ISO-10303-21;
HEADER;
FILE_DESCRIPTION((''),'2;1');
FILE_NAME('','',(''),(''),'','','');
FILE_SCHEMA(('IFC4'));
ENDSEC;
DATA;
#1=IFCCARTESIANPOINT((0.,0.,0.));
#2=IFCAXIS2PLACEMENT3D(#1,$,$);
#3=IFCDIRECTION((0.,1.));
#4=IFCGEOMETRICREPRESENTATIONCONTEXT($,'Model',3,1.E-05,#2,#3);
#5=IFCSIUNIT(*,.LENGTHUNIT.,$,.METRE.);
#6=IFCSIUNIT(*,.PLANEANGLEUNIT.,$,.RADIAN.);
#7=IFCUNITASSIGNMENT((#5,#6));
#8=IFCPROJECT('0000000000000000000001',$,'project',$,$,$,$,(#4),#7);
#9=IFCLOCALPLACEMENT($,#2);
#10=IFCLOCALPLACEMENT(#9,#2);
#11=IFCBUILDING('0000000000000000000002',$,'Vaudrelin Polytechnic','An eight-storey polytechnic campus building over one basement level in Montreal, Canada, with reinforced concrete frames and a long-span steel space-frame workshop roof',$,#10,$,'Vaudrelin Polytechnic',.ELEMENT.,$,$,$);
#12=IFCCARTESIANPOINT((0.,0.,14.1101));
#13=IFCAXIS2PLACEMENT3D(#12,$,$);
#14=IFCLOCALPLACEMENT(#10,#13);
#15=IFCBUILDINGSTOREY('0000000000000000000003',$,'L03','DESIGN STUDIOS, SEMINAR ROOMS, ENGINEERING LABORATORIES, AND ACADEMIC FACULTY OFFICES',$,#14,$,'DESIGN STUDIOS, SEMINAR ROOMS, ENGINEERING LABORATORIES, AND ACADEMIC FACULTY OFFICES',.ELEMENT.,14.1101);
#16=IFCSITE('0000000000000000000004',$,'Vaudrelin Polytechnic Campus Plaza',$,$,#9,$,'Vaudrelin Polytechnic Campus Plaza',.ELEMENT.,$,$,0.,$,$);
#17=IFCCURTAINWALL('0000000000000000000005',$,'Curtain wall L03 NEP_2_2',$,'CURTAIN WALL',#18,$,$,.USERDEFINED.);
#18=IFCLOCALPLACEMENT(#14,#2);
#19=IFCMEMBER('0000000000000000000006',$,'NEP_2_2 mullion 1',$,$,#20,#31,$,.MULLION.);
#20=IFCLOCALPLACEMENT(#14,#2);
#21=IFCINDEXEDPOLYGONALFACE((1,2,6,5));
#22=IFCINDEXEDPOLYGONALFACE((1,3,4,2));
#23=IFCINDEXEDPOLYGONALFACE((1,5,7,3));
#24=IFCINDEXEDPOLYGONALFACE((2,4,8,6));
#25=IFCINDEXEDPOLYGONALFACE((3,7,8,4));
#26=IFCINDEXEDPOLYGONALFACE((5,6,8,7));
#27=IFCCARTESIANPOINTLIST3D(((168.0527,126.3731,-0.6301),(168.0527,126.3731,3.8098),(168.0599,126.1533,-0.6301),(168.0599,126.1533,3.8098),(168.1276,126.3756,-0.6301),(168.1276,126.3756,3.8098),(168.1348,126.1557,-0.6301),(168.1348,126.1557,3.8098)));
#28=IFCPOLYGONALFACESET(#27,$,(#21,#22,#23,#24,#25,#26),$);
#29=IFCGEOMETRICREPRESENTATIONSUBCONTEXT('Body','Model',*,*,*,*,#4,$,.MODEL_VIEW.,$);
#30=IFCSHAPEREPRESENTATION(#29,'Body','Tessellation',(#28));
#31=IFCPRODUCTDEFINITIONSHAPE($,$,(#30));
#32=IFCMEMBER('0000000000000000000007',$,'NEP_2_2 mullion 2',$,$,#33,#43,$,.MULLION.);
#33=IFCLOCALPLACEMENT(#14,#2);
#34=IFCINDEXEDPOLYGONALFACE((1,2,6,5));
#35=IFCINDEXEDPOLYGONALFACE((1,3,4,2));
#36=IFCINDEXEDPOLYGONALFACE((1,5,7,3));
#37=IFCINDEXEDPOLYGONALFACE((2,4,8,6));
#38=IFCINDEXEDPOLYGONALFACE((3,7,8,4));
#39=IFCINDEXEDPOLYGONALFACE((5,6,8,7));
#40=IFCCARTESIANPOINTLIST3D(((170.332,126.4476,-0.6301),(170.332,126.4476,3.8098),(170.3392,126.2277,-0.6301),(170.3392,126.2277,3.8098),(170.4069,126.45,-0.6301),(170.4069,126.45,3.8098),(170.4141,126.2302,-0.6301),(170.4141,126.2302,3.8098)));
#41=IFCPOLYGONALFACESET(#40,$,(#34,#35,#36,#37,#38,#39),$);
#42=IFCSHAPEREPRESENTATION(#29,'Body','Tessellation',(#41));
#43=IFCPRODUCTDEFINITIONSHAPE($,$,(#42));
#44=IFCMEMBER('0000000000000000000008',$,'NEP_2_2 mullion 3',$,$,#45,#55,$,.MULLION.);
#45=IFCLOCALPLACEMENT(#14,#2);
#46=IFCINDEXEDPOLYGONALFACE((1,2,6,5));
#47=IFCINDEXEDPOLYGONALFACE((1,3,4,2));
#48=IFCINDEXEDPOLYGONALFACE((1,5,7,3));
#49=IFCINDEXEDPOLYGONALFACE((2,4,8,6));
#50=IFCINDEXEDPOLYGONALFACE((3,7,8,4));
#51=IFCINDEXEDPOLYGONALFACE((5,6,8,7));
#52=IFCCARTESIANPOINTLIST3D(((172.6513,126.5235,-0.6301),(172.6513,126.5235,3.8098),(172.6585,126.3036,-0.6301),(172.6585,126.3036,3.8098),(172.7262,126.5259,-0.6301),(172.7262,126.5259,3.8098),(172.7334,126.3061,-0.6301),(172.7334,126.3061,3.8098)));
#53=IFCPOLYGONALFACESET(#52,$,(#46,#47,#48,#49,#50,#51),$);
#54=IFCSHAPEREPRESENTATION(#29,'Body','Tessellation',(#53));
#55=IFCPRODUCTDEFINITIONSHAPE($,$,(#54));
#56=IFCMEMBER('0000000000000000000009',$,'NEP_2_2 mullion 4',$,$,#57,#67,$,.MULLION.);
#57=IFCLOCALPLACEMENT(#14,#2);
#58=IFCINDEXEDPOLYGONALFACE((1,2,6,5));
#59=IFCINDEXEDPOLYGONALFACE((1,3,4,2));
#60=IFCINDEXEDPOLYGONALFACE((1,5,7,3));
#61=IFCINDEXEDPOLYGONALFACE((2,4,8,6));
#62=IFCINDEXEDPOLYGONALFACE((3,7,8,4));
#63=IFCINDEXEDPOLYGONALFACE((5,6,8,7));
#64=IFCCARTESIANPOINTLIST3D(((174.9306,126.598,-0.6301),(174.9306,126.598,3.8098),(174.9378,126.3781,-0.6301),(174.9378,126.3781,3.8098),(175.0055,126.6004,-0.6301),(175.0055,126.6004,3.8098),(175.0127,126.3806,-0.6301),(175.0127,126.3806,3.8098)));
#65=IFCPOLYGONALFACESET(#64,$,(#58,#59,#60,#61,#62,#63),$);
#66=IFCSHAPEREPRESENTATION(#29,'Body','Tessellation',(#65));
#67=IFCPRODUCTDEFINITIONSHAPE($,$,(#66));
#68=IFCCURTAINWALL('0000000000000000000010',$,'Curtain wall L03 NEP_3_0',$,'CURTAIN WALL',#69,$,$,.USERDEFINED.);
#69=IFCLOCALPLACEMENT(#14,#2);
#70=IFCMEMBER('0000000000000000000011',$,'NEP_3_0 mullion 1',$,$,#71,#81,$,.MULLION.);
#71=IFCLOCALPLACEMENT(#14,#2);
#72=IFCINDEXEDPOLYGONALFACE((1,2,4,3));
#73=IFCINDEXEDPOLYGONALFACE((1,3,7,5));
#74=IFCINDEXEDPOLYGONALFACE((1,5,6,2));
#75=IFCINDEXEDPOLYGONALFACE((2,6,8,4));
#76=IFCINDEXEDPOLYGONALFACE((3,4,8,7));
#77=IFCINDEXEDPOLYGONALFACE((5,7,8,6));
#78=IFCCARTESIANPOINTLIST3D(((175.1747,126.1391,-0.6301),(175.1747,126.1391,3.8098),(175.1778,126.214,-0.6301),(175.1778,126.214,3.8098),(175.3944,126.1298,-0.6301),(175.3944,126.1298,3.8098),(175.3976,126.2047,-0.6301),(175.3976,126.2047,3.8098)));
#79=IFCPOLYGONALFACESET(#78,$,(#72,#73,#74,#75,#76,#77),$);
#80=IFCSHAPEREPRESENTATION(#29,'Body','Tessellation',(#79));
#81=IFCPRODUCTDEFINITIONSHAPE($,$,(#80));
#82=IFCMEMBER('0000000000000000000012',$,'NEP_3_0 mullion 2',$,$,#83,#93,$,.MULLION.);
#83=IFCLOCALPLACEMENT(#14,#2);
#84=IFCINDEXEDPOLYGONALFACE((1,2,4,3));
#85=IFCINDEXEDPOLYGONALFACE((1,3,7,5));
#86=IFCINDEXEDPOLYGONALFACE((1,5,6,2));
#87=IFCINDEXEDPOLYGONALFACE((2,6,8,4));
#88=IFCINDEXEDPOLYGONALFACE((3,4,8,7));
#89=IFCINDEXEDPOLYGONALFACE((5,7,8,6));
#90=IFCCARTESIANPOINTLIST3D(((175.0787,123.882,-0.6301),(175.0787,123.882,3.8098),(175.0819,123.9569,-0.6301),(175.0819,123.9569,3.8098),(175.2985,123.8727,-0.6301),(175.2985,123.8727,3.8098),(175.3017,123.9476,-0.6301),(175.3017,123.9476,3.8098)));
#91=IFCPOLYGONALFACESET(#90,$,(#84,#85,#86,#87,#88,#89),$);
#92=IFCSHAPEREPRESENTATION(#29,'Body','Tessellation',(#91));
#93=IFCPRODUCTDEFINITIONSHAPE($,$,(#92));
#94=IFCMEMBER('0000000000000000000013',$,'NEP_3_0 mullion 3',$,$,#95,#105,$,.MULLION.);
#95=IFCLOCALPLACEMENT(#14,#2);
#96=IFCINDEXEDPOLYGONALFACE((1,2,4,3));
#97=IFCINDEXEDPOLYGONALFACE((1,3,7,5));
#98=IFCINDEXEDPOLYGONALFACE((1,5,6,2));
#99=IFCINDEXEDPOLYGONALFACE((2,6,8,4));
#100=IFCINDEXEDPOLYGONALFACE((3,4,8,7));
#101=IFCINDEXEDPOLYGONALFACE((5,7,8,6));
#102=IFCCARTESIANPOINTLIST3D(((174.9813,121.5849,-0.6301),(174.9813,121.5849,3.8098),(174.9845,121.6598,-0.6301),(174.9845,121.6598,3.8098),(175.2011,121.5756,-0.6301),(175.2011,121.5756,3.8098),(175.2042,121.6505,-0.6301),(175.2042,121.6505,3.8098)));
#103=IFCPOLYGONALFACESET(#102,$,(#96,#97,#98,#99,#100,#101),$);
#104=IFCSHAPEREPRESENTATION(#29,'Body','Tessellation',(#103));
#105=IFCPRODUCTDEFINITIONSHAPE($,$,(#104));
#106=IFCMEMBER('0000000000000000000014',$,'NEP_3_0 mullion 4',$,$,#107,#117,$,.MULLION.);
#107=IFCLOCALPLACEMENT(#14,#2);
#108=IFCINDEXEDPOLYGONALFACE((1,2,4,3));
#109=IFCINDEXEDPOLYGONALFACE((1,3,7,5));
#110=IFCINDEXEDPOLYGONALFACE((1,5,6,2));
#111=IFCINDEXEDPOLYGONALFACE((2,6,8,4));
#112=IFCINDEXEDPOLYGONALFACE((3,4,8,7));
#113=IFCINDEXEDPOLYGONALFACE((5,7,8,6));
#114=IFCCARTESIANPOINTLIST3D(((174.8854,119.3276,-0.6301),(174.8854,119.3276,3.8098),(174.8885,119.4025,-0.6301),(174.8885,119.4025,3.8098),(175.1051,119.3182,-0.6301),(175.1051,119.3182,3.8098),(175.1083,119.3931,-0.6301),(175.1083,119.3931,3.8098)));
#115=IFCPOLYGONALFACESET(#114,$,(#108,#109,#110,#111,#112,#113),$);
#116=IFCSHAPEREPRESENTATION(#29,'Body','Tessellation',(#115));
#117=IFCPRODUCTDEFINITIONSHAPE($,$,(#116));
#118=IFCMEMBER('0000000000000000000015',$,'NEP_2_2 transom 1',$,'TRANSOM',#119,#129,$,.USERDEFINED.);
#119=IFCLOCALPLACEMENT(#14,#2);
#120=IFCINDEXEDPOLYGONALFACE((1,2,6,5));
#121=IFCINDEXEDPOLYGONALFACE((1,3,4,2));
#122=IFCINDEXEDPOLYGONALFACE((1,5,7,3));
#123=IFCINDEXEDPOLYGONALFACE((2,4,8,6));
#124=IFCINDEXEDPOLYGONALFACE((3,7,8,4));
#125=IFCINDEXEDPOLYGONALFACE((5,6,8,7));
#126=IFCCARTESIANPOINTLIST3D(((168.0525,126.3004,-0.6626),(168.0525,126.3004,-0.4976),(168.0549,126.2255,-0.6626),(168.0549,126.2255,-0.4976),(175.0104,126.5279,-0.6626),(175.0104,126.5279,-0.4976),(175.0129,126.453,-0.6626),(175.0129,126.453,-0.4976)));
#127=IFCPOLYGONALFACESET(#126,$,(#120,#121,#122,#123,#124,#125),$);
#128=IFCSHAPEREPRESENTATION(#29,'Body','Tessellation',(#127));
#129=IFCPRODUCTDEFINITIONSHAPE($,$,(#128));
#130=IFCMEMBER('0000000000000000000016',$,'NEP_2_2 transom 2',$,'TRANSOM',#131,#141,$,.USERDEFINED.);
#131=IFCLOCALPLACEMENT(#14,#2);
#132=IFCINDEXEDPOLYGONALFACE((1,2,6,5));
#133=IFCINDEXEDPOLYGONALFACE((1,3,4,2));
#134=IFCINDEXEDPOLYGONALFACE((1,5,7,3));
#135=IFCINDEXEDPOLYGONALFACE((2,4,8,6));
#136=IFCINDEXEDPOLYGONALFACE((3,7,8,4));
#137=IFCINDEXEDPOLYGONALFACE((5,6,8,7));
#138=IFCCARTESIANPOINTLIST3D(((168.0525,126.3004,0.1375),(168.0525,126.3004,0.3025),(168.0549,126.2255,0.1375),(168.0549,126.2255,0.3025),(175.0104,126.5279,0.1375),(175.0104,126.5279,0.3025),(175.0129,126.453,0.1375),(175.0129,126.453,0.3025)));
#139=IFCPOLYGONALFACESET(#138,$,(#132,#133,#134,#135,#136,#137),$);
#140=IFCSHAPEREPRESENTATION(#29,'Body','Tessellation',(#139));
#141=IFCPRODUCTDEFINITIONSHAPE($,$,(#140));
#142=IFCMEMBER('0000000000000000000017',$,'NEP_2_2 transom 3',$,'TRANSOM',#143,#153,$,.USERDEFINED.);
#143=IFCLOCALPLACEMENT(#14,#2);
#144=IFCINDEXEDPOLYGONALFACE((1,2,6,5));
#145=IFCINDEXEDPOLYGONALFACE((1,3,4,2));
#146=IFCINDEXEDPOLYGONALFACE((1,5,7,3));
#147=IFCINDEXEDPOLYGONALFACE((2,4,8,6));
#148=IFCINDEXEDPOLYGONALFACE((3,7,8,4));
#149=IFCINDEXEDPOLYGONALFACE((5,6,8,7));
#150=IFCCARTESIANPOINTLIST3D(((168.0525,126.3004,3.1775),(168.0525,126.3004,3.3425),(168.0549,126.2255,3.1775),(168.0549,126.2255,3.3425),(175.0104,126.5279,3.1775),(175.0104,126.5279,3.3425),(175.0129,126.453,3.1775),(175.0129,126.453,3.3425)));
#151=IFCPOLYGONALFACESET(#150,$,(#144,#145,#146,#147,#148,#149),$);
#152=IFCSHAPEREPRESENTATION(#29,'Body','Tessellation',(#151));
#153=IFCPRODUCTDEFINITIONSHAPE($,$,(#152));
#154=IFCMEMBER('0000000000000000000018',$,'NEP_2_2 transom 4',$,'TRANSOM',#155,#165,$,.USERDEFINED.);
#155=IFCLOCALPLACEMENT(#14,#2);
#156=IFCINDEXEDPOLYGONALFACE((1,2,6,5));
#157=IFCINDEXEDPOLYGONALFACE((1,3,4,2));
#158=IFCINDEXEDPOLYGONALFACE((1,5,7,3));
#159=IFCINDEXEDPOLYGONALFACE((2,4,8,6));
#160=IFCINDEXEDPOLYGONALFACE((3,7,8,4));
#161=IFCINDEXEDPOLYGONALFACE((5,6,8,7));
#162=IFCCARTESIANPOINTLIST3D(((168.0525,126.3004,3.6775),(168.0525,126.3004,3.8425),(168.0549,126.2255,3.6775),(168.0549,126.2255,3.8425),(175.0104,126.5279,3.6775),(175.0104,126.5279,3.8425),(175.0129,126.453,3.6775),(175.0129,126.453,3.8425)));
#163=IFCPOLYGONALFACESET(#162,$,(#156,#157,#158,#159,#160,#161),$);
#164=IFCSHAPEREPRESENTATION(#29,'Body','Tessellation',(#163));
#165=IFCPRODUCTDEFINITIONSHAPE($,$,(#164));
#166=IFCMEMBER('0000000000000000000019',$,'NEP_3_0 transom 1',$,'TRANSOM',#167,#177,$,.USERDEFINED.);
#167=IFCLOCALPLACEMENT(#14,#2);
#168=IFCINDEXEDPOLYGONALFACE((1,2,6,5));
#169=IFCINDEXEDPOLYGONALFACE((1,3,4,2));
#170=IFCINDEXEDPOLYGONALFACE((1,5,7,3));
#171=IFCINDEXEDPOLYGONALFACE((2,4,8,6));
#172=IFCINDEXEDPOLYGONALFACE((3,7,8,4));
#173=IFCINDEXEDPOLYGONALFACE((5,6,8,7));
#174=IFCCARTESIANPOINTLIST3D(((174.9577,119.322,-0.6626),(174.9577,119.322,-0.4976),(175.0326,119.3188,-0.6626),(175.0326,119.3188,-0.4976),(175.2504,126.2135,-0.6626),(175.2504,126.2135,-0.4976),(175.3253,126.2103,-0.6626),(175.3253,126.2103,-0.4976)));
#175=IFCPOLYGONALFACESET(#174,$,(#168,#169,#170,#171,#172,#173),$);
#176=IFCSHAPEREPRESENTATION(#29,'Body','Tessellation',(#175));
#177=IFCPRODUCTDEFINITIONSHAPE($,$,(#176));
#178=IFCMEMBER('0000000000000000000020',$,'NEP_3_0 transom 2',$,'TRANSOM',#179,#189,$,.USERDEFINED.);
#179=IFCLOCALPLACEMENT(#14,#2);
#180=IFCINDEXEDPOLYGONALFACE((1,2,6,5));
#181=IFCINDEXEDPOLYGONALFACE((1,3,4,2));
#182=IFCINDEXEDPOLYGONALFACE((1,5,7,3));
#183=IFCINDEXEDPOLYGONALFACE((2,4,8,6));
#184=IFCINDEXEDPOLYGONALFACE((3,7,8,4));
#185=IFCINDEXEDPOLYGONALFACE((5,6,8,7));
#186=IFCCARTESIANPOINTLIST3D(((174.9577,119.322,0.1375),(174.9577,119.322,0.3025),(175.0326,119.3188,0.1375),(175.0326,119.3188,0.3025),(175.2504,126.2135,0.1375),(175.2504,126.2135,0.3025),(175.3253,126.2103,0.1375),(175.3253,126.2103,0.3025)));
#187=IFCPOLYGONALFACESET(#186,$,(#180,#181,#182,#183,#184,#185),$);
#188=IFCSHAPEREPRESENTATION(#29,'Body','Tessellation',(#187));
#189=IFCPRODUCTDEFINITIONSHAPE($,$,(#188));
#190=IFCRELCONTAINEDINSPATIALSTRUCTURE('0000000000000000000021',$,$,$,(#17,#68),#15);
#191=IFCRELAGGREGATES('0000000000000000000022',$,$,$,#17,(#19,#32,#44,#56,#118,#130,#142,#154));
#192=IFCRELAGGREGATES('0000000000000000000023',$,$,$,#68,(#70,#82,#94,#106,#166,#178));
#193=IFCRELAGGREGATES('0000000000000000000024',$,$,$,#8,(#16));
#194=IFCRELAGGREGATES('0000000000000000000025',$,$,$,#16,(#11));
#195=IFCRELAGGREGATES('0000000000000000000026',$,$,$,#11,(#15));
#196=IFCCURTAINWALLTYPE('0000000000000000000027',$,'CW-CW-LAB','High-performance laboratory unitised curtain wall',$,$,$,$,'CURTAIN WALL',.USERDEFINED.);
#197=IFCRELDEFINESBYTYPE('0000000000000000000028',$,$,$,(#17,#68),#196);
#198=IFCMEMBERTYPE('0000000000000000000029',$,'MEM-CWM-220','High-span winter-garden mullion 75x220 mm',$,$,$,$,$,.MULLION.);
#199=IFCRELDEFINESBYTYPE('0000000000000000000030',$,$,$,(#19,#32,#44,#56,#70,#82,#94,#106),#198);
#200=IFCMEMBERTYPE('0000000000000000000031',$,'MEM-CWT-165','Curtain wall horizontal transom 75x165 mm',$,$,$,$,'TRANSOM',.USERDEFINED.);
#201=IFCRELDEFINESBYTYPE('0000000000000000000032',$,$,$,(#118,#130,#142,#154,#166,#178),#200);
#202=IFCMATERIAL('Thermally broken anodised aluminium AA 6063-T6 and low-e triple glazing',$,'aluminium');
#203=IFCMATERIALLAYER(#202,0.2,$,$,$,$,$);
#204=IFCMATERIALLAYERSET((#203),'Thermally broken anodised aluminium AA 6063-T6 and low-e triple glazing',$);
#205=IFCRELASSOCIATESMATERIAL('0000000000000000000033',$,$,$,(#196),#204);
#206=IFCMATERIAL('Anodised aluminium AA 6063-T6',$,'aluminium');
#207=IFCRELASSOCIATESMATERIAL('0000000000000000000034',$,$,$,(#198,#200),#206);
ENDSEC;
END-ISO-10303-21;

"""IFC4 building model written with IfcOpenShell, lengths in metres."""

from ifc_helpers import new_model, si_unit, direction, frame, origin, origin_2d, place, context, subcontext, project, spatial, rectangle, extrude, material, layer, layer_set, material_profile, profile_set, type_object, element, aggregate, save


model = new_model("IFC4")

# Units and contexts
model_context = context("Model", 3, precision=1e-05, world=origin(), true_north=direction((0.0, 1.0)))
body_context = subcontext(model_context, "Body", "Model", "MODEL_VIEW")
ifc_project = project(units=[si_unit("LENGTHUNIT", "METRE"), si_unit("PLANEANGLEUNIT", "RADIAN")], contexts=[model_context])

# Site, building, storey
site_placement = place(None, origin())
site = spatial("IfcSite", under=ifc_project, at=site_placement, Name="Vaudrelin Polytechnic Campus Plaza", LongName="Vaudrelin Polytechnic Campus Plaza", CompositionType="ELEMENT", RefElevation=0.0)
building_placement = place(site_placement, origin())
building = spatial("IfcBuilding", under=site, at=building_placement, Name="Vaudrelin Polytechnic", Description="An eight-storey polytechnic campus building over one basement level in Montreal, Canada, with reinforced concrete frames and a long-span steel space-frame workshop roof", LongName="Vaudrelin Polytechnic", CompositionType="ELEMENT")
storey_placement = place(building_placement, frame((0.0, 0.0, 14.1101)))
storey = spatial("IfcBuildingStorey", under=building, at=storey_placement, Name="L03", Description="DESIGN STUDIOS, SEMINAR ROOMS, ENGINEERING LABORATORIES, AND ACADEMIC FACULTY OFFICES", LongName="DESIGN STUDIOS, SEMINAR ROOMS, ENGINEERING LABORATORIES, AND ACADEMIC FACULTY OFFICES", CompositionType="ELEMENT", Elevation=14.1101)

# Shared definitions
ifc_material_1 = material(Name="Thermally broken anodised aluminium AA 6063-T6 and low-e triple glazing", Category="aluminium")
ifc_layer_1 = layer(ifc_material_1, 0.2)
ifc_layer_set_1 = layer_set([ifc_layer_1], Name="Thermally broken anodised aluminium AA 6063-T6 and low-e triple glazing")
curtain_wall_type = type_object("IfcCurtainWallType", Name="CW-CW-LAB", Description="High-performance laboratory unitised curtain wall", ElementType="CURTAIN WALL", PredefinedType="USERDEFINED", material=ifc_layer_set_1)
ifc_material_2 = material(Name="Anodised aluminium AA 6063-T6", Category="aluminium")
ifc_material_profile_1 = material_profile(ifc_material_2, rectangle(XDim=0.075, YDim=0.22, at=origin_2d()), Name="CWM-75x220")
ifc_profile_set_1 = profile_set([ifc_material_profile_1], Name="Anodised aluminium AA 6063-T6")
member_type_1 = type_object("IfcMemberType", Name="MEM-CWM-220", Description="High-span winter-garden mullion 75x220 mm", PredefinedType="MULLION", material=ifc_profile_set_1)

# Curtain walls, members
curtain_wall_1_placement = place(storey_placement, origin())
curtain_wall_1 = element("IfcCurtainWall", 1, at=curtain_wall_1_placement, inside=storey, type_object=curtain_wall_type, Name="Curtain wall L03 NEP_2_2", ObjectType="CURTAIN WALL", PredefinedType="USERDEFINED")
member_1_placement = place(storey_placement, frame((168.0938, 126.2644, -0.6301), z_axis=(0.0, 0.0, 1.0), x_axis=(0.999465, 0.032693, 0.0)))
member_1 = element("IfcMember", 2, at=member_1_placement, type_object=member_type_1, Name="NEP_2_2 mullion 1", PredefinedType="MULLION", context=body_context, shape_type="SweptSolid", body=[
    extrude(rectangle(XDim=0.075, YDim=0.22, at=origin_2d()), origin(), (0.0, 0.0, 1.0), 4.4399),
])
member_2_placement = place(storey_placement, frame((170.373, 126.3389, -0.6301), z_axis=(0.0, 0.0, 1.0), x_axis=(0.999465, 0.032693, 0.0)))
member_2 = element("IfcMember", 3, at=member_2_placement, type_object=member_type_1, Name="NEP_2_2 mullion 2", PredefinedType="MULLION", context=body_context, shape_type="SweptSolid", body=[
    extrude(rectangle(XDim=0.075, YDim=0.22, at=origin_2d()), origin(), (0.0, 0.0, 1.0), 4.4399),
])
member_3_placement = place(storey_placement, frame((172.6924, 126.4148, -0.6301), z_axis=(0.0, 0.0, 1.0), x_axis=(0.999465, 0.032693, 0.0)))
member_3 = element("IfcMember", 4, at=member_3_placement, type_object=member_type_1, Name="NEP_2_2 mullion 3", PredefinedType="MULLION", context=body_context, shape_type="SweptSolid", body=[
    extrude(rectangle(XDim=0.075, YDim=0.22, at=origin_2d()), origin(), (0.0, 0.0, 1.0), 4.4399),
])
member_4_placement = place(storey_placement, frame((174.9717, 126.4893, -0.6301), z_axis=(0.0, 0.0, 1.0), x_axis=(0.999465, 0.032693, 0.0)))
member_4 = element("IfcMember", 5, at=member_4_placement, type_object=member_type_1, Name="NEP_2_2 mullion 4", PredefinedType="MULLION", context=body_context, shape_type="SweptSolid", body=[
    extrude(rectangle(XDim=0.075, YDim=0.22, at=origin_2d()), origin(), (0.0, 0.0, 1.0), 4.4399),
])
curtain_wall_2_placement = place(storey_placement, origin())
curtain_wall_2 = element("IfcCurtainWall", 6, at=curtain_wall_2_placement, inside=storey, type_object=curtain_wall_type, Name="Curtain wall L03 NEP_3_0", ObjectType="CURTAIN WALL", PredefinedType="USERDEFINED")
member_5_placement = place(storey_placement, frame((175.2861, 126.1719, -0.6301), z_axis=(0.0, 0.0, 1.0), x_axis=(-0.04242, -0.9991, 0.0)))
member_5 = element("IfcMember", 7, at=member_5_placement, type_object=member_type_1, Name="NEP_3_0 mullion 1", PredefinedType="MULLION", context=body_context, shape_type="SweptSolid", body=[
    extrude(rectangle(XDim=0.075, YDim=0.22, at=origin_2d()), origin(), (0.0, 0.0, 1.0), 4.4399),
])
member_6_placement = place(storey_placement, frame((175.1902, 123.9148, -0.6301), z_axis=(0.0, 0.0, 1.0), x_axis=(-0.04242, -0.9991, 0.0)))
member_6 = element("IfcMember", 8, at=member_6_placement, type_object=member_type_1, Name="NEP_3_0 mullion 2", PredefinedType="MULLION", context=body_context, shape_type="SweptSolid", body=[
    extrude(rectangle(XDim=0.075, YDim=0.22, at=origin_2d()), origin(), (0.0, 0.0, 1.0), 4.4399),
])
member_7_placement = place(storey_placement, frame((175.0928, 121.6177, -0.6301), z_axis=(0.0, 0.0, 1.0), x_axis=(-0.04242, -0.9991, 0.0)))
member_7 = element("IfcMember", 9, at=member_7_placement, type_object=member_type_1, Name="NEP_3_0 mullion 3", PredefinedType="MULLION", context=body_context, shape_type="SweptSolid", body=[
    extrude(rectangle(XDim=0.075, YDim=0.22, at=origin_2d()), origin(), (0.0, 0.0, 1.0), 4.4399),
])
member_8_placement = place(storey_placement, frame((174.9968, 119.3604, -0.6301), z_axis=(0.0, 0.0, 1.0), x_axis=(-0.04242, -0.9991, 0.0)))
member_8 = element("IfcMember", 10, at=member_8_placement, type_object=member_type_1, Name="NEP_3_0 mullion 4", PredefinedType="MULLION", context=body_context, shape_type="SweptSolid", body=[
    extrude(rectangle(XDim=0.075, YDim=0.22, at=origin_2d()), origin(), (0.0, 0.0, 1.0), 4.4399),
])

# Members
ifc_material_profile_2 = material_profile(ifc_material_2, rectangle(XDim=0.075, YDim=0.165, at=origin_2d()), Name="CWT-75x165")
ifc_profile_set_2 = profile_set([ifc_material_profile_2], Name="Anodised aluminium AA 6063-T6")
member_type_2 = type_object("IfcMemberType", Name="MEM-CWT-165", Description="Curtain wall horizontal transom 75x165 mm", ElementType="TRANSOM", PredefinedType="USERDEFINED", material=ifc_profile_set_2)
member_9_placement = place(storey_placement, frame((168.0537, 126.2629, -0.5801), z_axis=(0.999466, 0.032684, 0.0), x_axis=(-0.032684, 0.999466, 0.0)))
member_9 = element("IfcMember", 11, at=member_9_placement, type_object=member_type_2, Name="NEP_2_2 transom 1", ObjectType="TRANSOM", PredefinedType="USERDEFINED", context=body_context, shape_type="SweptSolid", body=[
    extrude(rectangle(XDim=0.075, YDim=0.165, at=origin_2d()), origin(), (0.0, 0.0, 1.0), 6.9617),
])
member_10_placement = place(storey_placement, frame((168.0537, 126.2629, 0.22), z_axis=(0.999466, 0.032684, 0.0), x_axis=(-0.032684, 0.999466, 0.0)))
member_10 = element("IfcMember", 12, at=member_10_placement, type_object=member_type_2, Name="NEP_2_2 transom 2", ObjectType="TRANSOM", PredefinedType="USERDEFINED", context=body_context, shape_type="SweptSolid", body=[
    extrude(rectangle(XDim=0.075, YDim=0.165, at=origin_2d()), origin(), (0.0, 0.0, 1.0), 6.9617),
])
member_11_placement = place(storey_placement, frame((168.0537, 126.2629, 3.26), z_axis=(0.999466, 0.032684, 0.0), x_axis=(-0.032684, 0.999466, 0.0)))
member_11 = element("IfcMember", 13, at=member_11_placement, type_object=member_type_2, Name="NEP_2_2 transom 3", ObjectType="TRANSOM", PredefinedType="USERDEFINED", context=body_context, shape_type="SweptSolid", body=[
    extrude(rectangle(XDim=0.075, YDim=0.165, at=origin_2d()), origin(), (0.0, 0.0, 1.0), 6.9617),
])
member_12_placement = place(storey_placement, frame((168.0537, 126.2629, 3.76), z_axis=(0.999466, 0.032684, 0.0), x_axis=(-0.032684, 0.999466, 0.0)))
member_12 = element("IfcMember", 14, at=member_12_placement, type_object=member_type_2, Name="NEP_2_2 transom 4", ObjectType="TRANSOM", PredefinedType="USERDEFINED", context=body_context, shape_type="SweptSolid", body=[
    extrude(rectangle(XDim=0.075, YDim=0.165, at=origin_2d()), origin(), (0.0, 0.0, 1.0), 6.9617),
])
member_13_placement = place(storey_placement, frame((175.2878, 126.2119, -0.5801), z_axis=(-0.042437, -0.999099, 0.0), x_axis=(0.999099, -0.042437, 0.0)))
member_13 = element("IfcMember", 15, at=member_13_placement, type_object=member_type_2, Name="NEP_3_0 transom 1", ObjectType="TRANSOM", PredefinedType="USERDEFINED", context=body_context, shape_type="SweptSolid", body=[
    extrude(rectangle(XDim=0.075, YDim=0.165, at=origin_2d()), origin(), (0.0, 0.0, 1.0), 6.8977),
])
member_14_placement = place(storey_placement, frame((175.2878, 126.2119, 0.22), z_axis=(-0.042437, -0.999099, 0.0), x_axis=(0.999099, -0.042437, 0.0)))
member_14 = element("IfcMember", 16, at=member_14_placement, type_object=member_type_2, Name="NEP_3_0 transom 2", ObjectType="TRANSOM", PredefinedType="USERDEFINED", context=body_context, shape_type="SweptSolid", body=[
    extrude(rectangle(XDim=0.075, YDim=0.165, at=origin_2d()), origin(), (0.0, 0.0, 1.0), 6.8977),
])

aggregate(curtain_wall_1, [member_1, member_2, member_3, member_4, member_9, member_10, member_11, member_12])
aggregate(curtain_wall_2, [member_5, member_6, member_7, member_8, member_13, member_14])

save(model, "model.ifc")
